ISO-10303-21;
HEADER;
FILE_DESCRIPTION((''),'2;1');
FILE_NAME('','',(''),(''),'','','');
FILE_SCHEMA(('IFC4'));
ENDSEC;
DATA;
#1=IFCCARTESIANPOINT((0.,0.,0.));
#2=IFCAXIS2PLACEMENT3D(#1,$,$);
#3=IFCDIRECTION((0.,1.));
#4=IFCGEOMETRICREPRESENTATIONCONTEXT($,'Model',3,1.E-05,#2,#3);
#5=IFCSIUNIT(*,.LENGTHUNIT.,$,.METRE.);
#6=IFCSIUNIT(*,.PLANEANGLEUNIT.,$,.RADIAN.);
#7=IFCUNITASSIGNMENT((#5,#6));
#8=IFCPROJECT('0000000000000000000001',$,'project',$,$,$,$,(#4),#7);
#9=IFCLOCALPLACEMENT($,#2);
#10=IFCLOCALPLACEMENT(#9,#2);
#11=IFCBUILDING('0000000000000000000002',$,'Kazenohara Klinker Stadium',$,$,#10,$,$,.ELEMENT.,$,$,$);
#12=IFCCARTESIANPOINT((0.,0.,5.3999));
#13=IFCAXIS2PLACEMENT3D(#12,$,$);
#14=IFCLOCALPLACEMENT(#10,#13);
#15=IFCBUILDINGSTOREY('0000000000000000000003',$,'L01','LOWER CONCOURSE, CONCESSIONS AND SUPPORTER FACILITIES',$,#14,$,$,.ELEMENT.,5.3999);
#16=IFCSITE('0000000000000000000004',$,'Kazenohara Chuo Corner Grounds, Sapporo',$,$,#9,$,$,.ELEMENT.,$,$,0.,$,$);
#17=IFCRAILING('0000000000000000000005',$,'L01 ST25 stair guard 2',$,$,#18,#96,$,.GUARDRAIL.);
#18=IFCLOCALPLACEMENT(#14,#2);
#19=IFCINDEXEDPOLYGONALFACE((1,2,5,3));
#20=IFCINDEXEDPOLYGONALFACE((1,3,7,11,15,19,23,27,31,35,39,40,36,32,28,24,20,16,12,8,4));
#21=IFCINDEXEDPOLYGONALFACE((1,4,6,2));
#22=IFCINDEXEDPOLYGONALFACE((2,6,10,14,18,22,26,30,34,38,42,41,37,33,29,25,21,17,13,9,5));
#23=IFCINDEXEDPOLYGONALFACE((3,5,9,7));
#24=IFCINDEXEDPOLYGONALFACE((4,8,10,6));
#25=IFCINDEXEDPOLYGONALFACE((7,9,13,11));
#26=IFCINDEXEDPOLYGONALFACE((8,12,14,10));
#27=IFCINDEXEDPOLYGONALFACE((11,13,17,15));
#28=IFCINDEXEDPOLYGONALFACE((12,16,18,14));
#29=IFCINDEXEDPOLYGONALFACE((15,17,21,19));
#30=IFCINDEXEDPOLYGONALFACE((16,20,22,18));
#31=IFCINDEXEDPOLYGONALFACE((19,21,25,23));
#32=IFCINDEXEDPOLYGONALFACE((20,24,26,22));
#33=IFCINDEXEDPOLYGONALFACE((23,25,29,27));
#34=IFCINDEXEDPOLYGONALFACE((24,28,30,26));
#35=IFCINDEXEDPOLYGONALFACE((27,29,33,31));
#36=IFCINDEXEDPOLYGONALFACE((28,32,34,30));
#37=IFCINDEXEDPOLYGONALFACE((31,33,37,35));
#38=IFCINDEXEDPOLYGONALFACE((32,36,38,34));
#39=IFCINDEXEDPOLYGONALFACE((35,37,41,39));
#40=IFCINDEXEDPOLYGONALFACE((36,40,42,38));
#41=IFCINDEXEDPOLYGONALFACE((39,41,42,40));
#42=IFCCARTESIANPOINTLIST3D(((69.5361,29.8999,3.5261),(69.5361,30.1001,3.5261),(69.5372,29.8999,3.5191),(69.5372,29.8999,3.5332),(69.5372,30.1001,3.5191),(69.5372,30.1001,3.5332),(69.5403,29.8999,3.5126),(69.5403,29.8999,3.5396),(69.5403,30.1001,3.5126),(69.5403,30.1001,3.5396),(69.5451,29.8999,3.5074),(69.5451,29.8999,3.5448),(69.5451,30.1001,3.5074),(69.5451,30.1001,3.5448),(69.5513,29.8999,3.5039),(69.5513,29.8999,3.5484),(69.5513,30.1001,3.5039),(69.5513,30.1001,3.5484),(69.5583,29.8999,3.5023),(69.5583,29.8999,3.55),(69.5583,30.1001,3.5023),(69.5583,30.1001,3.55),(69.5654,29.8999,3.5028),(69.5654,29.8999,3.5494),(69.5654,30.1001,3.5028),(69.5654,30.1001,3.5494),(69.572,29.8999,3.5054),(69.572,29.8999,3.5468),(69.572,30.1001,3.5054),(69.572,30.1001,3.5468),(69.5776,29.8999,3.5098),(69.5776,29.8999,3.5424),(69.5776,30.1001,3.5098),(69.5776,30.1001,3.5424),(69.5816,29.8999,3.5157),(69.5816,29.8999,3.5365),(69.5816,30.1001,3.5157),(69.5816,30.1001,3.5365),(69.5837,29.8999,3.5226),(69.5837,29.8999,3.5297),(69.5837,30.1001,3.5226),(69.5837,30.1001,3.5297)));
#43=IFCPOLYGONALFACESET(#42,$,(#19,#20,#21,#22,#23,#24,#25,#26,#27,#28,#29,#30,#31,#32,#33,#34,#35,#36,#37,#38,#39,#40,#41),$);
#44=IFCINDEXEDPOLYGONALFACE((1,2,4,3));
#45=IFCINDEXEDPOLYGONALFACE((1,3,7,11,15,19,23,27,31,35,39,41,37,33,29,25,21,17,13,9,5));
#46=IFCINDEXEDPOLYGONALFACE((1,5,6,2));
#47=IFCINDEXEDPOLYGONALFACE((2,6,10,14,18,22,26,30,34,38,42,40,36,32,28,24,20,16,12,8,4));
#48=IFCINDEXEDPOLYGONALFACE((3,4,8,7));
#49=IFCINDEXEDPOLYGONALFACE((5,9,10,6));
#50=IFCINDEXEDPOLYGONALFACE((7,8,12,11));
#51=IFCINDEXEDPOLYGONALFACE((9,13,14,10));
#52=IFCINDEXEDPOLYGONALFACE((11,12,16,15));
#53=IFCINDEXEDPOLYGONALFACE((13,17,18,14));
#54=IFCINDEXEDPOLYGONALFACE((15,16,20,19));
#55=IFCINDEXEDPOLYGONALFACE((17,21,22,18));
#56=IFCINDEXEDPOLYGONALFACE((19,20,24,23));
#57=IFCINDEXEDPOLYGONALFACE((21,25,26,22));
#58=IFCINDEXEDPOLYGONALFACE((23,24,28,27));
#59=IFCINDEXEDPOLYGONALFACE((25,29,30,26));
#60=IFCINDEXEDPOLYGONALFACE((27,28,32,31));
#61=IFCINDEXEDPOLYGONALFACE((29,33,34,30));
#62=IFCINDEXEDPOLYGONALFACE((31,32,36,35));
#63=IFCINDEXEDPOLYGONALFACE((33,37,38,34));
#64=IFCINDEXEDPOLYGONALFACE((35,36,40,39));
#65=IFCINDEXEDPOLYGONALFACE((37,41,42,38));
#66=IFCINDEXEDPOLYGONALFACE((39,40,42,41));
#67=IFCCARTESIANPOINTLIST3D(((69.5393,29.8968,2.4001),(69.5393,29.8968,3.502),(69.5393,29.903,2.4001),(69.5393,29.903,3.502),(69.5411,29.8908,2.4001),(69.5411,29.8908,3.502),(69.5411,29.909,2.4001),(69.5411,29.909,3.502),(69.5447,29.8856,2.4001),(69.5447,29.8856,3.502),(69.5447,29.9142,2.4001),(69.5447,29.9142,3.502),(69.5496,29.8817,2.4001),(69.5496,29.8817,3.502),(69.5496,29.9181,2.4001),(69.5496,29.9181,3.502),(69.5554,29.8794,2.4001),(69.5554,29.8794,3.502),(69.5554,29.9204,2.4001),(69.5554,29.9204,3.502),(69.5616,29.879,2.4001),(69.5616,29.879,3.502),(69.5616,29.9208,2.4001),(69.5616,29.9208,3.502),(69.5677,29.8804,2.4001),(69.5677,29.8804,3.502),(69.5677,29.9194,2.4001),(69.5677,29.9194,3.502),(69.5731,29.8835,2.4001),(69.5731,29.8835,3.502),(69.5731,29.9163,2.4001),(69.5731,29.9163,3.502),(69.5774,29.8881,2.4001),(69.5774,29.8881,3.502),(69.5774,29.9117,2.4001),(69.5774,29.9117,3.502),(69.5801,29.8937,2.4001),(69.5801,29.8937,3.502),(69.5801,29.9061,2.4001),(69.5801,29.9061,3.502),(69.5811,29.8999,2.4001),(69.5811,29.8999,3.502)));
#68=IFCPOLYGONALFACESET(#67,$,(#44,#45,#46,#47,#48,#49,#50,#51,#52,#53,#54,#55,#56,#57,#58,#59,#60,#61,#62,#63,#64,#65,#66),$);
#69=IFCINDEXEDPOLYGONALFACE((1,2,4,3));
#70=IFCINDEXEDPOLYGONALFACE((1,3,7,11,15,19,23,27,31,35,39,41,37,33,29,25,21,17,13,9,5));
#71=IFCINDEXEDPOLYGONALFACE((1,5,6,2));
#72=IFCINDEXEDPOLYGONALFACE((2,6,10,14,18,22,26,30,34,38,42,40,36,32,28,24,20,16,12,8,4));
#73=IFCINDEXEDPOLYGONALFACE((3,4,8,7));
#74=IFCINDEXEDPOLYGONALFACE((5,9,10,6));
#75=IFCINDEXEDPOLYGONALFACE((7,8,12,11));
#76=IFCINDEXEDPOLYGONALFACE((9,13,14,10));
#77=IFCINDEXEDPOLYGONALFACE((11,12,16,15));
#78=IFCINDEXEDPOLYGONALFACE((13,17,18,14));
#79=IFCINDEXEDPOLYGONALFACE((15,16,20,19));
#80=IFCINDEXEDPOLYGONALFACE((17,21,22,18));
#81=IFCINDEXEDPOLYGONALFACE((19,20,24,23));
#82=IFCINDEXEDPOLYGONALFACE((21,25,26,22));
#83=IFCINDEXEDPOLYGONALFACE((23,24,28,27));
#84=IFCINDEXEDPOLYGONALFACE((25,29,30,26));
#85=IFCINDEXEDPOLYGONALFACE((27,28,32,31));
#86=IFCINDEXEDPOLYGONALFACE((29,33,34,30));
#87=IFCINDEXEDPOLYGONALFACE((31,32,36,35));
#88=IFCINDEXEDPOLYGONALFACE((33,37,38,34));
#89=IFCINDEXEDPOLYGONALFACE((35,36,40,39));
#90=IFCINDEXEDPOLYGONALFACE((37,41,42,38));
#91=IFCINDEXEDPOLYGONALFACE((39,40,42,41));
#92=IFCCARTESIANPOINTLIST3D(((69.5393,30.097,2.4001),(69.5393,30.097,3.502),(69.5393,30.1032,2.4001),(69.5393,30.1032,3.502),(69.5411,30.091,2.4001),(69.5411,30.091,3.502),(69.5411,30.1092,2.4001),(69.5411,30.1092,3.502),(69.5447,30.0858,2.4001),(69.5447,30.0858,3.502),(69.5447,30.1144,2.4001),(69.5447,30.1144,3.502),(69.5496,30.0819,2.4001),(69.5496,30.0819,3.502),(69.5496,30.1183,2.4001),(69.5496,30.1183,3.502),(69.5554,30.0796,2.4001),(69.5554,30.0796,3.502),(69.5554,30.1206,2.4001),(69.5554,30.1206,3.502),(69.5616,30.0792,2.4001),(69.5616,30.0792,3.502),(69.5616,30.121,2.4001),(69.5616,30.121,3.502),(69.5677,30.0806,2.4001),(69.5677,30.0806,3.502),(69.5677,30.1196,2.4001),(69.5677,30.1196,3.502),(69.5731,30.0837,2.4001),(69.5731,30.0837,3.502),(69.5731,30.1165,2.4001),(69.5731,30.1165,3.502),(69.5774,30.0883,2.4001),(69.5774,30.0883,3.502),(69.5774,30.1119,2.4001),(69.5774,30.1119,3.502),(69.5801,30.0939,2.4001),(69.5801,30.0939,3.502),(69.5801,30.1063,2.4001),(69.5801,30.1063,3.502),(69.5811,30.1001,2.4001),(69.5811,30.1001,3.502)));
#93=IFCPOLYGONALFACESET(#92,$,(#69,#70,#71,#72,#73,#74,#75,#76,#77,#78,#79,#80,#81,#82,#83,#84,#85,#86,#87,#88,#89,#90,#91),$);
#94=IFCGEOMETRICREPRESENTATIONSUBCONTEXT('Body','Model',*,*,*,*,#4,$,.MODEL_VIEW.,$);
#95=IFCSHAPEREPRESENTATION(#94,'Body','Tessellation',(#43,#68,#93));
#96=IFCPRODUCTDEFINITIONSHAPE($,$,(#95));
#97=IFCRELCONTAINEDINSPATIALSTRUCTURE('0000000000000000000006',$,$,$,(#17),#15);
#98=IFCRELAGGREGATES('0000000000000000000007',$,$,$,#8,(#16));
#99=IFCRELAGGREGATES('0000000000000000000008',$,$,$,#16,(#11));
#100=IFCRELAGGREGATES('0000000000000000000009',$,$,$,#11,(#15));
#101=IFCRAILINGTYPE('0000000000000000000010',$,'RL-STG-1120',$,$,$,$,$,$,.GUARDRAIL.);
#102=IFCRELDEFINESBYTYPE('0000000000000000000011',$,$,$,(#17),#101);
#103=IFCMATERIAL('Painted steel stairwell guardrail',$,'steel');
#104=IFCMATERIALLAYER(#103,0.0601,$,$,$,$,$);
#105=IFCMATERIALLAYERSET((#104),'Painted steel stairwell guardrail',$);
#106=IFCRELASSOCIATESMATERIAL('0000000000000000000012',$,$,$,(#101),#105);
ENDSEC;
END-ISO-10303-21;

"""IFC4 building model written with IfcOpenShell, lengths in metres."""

from ifc_helpers import new_model, si_unit, direction, frame, origin, origin_2d, place, context, subcontext, project, spatial, circle, extrude, material, layer, layer_set, type_object, element, save


model = new_model("IFC4")

# Units and contexts
model_context = context("Model", 3, precision=1e-05, world=origin(), true_north=direction((0.0, 1.0)))
body_context = subcontext(model_context, "Body", "Model", "MODEL_VIEW")
ifc_project = project(units=[si_unit("LENGTHUNIT", "METRE"), si_unit("PLANEANGLEUNIT", "RADIAN")], contexts=[model_context])

# Site, building, storey
site_placement = place(None, origin())
site = spatial("IfcSite", under=ifc_project, at=site_placement, Name="Kazenohara Chuo Corner Grounds, Sapporo", CompositionType="ELEMENT", RefElevation=0.0)
building_placement = place(site_placement, origin())
building = spatial("IfcBuilding", under=site, at=building_placement, Name="Kazenohara Klinker Stadium", CompositionType="ELEMENT")
storey_placement = place(building_placement, frame((0.0, 0.0, 5.3999)))
storey = spatial("IfcBuildingStorey", under=building, at=storey_placement, Name="L01", Description="LOWER CONCOURSE, CONCESSIONS AND SUPPORTER FACILITIES", CompositionType="ELEMENT", Elevation=5.3999)

# Railing
ifc_material_1 = material(Name="Painted steel stairwell guardrail", Category="steel")
ifc_layer_1 = layer(ifc_material_1, 0.0601)
ifc_layer_set_1 = layer_set([ifc_layer_1], Name="Painted steel stairwell guardrail")
railing_type_1 = type_object("IfcRailingType", Name="RL-STG-1120", PredefinedType="GUARDRAIL", material=ifc_layer_set_1)
railing_1_placement = place(storey_placement, frame((69.5601, 29.8999, 2.4001)))
element("IfcRailing", 1, at=railing_1_placement, inside=storey, type_object=railing_type_1, Name="L01 ST25 stair guard 2", PredefinedType="GUARDRAIL", context=body_context, shape_type="SweptSolid", body=[
    extrude(circle(Radius=0.0239, at=origin_2d()), frame((0.0, 0.0, 1.126), z_axis=(0.0, 1.0, 0.0), x_axis=(-1.0, 0.0, 0.0)), (0.0, 0.0, 1.0), 0.2002),
    extrude(circle(Radius=0.021, at=origin_2d()), origin(), (0.0, 0.0, 1.0), 1.1018),
    extrude(circle(Radius=0.021, at=origin_2d()), frame((0.0, 0.2002, 0.0)), (0.0, 0.0, 1.0), 1.1018),
])

save(model, "model.ifc")
